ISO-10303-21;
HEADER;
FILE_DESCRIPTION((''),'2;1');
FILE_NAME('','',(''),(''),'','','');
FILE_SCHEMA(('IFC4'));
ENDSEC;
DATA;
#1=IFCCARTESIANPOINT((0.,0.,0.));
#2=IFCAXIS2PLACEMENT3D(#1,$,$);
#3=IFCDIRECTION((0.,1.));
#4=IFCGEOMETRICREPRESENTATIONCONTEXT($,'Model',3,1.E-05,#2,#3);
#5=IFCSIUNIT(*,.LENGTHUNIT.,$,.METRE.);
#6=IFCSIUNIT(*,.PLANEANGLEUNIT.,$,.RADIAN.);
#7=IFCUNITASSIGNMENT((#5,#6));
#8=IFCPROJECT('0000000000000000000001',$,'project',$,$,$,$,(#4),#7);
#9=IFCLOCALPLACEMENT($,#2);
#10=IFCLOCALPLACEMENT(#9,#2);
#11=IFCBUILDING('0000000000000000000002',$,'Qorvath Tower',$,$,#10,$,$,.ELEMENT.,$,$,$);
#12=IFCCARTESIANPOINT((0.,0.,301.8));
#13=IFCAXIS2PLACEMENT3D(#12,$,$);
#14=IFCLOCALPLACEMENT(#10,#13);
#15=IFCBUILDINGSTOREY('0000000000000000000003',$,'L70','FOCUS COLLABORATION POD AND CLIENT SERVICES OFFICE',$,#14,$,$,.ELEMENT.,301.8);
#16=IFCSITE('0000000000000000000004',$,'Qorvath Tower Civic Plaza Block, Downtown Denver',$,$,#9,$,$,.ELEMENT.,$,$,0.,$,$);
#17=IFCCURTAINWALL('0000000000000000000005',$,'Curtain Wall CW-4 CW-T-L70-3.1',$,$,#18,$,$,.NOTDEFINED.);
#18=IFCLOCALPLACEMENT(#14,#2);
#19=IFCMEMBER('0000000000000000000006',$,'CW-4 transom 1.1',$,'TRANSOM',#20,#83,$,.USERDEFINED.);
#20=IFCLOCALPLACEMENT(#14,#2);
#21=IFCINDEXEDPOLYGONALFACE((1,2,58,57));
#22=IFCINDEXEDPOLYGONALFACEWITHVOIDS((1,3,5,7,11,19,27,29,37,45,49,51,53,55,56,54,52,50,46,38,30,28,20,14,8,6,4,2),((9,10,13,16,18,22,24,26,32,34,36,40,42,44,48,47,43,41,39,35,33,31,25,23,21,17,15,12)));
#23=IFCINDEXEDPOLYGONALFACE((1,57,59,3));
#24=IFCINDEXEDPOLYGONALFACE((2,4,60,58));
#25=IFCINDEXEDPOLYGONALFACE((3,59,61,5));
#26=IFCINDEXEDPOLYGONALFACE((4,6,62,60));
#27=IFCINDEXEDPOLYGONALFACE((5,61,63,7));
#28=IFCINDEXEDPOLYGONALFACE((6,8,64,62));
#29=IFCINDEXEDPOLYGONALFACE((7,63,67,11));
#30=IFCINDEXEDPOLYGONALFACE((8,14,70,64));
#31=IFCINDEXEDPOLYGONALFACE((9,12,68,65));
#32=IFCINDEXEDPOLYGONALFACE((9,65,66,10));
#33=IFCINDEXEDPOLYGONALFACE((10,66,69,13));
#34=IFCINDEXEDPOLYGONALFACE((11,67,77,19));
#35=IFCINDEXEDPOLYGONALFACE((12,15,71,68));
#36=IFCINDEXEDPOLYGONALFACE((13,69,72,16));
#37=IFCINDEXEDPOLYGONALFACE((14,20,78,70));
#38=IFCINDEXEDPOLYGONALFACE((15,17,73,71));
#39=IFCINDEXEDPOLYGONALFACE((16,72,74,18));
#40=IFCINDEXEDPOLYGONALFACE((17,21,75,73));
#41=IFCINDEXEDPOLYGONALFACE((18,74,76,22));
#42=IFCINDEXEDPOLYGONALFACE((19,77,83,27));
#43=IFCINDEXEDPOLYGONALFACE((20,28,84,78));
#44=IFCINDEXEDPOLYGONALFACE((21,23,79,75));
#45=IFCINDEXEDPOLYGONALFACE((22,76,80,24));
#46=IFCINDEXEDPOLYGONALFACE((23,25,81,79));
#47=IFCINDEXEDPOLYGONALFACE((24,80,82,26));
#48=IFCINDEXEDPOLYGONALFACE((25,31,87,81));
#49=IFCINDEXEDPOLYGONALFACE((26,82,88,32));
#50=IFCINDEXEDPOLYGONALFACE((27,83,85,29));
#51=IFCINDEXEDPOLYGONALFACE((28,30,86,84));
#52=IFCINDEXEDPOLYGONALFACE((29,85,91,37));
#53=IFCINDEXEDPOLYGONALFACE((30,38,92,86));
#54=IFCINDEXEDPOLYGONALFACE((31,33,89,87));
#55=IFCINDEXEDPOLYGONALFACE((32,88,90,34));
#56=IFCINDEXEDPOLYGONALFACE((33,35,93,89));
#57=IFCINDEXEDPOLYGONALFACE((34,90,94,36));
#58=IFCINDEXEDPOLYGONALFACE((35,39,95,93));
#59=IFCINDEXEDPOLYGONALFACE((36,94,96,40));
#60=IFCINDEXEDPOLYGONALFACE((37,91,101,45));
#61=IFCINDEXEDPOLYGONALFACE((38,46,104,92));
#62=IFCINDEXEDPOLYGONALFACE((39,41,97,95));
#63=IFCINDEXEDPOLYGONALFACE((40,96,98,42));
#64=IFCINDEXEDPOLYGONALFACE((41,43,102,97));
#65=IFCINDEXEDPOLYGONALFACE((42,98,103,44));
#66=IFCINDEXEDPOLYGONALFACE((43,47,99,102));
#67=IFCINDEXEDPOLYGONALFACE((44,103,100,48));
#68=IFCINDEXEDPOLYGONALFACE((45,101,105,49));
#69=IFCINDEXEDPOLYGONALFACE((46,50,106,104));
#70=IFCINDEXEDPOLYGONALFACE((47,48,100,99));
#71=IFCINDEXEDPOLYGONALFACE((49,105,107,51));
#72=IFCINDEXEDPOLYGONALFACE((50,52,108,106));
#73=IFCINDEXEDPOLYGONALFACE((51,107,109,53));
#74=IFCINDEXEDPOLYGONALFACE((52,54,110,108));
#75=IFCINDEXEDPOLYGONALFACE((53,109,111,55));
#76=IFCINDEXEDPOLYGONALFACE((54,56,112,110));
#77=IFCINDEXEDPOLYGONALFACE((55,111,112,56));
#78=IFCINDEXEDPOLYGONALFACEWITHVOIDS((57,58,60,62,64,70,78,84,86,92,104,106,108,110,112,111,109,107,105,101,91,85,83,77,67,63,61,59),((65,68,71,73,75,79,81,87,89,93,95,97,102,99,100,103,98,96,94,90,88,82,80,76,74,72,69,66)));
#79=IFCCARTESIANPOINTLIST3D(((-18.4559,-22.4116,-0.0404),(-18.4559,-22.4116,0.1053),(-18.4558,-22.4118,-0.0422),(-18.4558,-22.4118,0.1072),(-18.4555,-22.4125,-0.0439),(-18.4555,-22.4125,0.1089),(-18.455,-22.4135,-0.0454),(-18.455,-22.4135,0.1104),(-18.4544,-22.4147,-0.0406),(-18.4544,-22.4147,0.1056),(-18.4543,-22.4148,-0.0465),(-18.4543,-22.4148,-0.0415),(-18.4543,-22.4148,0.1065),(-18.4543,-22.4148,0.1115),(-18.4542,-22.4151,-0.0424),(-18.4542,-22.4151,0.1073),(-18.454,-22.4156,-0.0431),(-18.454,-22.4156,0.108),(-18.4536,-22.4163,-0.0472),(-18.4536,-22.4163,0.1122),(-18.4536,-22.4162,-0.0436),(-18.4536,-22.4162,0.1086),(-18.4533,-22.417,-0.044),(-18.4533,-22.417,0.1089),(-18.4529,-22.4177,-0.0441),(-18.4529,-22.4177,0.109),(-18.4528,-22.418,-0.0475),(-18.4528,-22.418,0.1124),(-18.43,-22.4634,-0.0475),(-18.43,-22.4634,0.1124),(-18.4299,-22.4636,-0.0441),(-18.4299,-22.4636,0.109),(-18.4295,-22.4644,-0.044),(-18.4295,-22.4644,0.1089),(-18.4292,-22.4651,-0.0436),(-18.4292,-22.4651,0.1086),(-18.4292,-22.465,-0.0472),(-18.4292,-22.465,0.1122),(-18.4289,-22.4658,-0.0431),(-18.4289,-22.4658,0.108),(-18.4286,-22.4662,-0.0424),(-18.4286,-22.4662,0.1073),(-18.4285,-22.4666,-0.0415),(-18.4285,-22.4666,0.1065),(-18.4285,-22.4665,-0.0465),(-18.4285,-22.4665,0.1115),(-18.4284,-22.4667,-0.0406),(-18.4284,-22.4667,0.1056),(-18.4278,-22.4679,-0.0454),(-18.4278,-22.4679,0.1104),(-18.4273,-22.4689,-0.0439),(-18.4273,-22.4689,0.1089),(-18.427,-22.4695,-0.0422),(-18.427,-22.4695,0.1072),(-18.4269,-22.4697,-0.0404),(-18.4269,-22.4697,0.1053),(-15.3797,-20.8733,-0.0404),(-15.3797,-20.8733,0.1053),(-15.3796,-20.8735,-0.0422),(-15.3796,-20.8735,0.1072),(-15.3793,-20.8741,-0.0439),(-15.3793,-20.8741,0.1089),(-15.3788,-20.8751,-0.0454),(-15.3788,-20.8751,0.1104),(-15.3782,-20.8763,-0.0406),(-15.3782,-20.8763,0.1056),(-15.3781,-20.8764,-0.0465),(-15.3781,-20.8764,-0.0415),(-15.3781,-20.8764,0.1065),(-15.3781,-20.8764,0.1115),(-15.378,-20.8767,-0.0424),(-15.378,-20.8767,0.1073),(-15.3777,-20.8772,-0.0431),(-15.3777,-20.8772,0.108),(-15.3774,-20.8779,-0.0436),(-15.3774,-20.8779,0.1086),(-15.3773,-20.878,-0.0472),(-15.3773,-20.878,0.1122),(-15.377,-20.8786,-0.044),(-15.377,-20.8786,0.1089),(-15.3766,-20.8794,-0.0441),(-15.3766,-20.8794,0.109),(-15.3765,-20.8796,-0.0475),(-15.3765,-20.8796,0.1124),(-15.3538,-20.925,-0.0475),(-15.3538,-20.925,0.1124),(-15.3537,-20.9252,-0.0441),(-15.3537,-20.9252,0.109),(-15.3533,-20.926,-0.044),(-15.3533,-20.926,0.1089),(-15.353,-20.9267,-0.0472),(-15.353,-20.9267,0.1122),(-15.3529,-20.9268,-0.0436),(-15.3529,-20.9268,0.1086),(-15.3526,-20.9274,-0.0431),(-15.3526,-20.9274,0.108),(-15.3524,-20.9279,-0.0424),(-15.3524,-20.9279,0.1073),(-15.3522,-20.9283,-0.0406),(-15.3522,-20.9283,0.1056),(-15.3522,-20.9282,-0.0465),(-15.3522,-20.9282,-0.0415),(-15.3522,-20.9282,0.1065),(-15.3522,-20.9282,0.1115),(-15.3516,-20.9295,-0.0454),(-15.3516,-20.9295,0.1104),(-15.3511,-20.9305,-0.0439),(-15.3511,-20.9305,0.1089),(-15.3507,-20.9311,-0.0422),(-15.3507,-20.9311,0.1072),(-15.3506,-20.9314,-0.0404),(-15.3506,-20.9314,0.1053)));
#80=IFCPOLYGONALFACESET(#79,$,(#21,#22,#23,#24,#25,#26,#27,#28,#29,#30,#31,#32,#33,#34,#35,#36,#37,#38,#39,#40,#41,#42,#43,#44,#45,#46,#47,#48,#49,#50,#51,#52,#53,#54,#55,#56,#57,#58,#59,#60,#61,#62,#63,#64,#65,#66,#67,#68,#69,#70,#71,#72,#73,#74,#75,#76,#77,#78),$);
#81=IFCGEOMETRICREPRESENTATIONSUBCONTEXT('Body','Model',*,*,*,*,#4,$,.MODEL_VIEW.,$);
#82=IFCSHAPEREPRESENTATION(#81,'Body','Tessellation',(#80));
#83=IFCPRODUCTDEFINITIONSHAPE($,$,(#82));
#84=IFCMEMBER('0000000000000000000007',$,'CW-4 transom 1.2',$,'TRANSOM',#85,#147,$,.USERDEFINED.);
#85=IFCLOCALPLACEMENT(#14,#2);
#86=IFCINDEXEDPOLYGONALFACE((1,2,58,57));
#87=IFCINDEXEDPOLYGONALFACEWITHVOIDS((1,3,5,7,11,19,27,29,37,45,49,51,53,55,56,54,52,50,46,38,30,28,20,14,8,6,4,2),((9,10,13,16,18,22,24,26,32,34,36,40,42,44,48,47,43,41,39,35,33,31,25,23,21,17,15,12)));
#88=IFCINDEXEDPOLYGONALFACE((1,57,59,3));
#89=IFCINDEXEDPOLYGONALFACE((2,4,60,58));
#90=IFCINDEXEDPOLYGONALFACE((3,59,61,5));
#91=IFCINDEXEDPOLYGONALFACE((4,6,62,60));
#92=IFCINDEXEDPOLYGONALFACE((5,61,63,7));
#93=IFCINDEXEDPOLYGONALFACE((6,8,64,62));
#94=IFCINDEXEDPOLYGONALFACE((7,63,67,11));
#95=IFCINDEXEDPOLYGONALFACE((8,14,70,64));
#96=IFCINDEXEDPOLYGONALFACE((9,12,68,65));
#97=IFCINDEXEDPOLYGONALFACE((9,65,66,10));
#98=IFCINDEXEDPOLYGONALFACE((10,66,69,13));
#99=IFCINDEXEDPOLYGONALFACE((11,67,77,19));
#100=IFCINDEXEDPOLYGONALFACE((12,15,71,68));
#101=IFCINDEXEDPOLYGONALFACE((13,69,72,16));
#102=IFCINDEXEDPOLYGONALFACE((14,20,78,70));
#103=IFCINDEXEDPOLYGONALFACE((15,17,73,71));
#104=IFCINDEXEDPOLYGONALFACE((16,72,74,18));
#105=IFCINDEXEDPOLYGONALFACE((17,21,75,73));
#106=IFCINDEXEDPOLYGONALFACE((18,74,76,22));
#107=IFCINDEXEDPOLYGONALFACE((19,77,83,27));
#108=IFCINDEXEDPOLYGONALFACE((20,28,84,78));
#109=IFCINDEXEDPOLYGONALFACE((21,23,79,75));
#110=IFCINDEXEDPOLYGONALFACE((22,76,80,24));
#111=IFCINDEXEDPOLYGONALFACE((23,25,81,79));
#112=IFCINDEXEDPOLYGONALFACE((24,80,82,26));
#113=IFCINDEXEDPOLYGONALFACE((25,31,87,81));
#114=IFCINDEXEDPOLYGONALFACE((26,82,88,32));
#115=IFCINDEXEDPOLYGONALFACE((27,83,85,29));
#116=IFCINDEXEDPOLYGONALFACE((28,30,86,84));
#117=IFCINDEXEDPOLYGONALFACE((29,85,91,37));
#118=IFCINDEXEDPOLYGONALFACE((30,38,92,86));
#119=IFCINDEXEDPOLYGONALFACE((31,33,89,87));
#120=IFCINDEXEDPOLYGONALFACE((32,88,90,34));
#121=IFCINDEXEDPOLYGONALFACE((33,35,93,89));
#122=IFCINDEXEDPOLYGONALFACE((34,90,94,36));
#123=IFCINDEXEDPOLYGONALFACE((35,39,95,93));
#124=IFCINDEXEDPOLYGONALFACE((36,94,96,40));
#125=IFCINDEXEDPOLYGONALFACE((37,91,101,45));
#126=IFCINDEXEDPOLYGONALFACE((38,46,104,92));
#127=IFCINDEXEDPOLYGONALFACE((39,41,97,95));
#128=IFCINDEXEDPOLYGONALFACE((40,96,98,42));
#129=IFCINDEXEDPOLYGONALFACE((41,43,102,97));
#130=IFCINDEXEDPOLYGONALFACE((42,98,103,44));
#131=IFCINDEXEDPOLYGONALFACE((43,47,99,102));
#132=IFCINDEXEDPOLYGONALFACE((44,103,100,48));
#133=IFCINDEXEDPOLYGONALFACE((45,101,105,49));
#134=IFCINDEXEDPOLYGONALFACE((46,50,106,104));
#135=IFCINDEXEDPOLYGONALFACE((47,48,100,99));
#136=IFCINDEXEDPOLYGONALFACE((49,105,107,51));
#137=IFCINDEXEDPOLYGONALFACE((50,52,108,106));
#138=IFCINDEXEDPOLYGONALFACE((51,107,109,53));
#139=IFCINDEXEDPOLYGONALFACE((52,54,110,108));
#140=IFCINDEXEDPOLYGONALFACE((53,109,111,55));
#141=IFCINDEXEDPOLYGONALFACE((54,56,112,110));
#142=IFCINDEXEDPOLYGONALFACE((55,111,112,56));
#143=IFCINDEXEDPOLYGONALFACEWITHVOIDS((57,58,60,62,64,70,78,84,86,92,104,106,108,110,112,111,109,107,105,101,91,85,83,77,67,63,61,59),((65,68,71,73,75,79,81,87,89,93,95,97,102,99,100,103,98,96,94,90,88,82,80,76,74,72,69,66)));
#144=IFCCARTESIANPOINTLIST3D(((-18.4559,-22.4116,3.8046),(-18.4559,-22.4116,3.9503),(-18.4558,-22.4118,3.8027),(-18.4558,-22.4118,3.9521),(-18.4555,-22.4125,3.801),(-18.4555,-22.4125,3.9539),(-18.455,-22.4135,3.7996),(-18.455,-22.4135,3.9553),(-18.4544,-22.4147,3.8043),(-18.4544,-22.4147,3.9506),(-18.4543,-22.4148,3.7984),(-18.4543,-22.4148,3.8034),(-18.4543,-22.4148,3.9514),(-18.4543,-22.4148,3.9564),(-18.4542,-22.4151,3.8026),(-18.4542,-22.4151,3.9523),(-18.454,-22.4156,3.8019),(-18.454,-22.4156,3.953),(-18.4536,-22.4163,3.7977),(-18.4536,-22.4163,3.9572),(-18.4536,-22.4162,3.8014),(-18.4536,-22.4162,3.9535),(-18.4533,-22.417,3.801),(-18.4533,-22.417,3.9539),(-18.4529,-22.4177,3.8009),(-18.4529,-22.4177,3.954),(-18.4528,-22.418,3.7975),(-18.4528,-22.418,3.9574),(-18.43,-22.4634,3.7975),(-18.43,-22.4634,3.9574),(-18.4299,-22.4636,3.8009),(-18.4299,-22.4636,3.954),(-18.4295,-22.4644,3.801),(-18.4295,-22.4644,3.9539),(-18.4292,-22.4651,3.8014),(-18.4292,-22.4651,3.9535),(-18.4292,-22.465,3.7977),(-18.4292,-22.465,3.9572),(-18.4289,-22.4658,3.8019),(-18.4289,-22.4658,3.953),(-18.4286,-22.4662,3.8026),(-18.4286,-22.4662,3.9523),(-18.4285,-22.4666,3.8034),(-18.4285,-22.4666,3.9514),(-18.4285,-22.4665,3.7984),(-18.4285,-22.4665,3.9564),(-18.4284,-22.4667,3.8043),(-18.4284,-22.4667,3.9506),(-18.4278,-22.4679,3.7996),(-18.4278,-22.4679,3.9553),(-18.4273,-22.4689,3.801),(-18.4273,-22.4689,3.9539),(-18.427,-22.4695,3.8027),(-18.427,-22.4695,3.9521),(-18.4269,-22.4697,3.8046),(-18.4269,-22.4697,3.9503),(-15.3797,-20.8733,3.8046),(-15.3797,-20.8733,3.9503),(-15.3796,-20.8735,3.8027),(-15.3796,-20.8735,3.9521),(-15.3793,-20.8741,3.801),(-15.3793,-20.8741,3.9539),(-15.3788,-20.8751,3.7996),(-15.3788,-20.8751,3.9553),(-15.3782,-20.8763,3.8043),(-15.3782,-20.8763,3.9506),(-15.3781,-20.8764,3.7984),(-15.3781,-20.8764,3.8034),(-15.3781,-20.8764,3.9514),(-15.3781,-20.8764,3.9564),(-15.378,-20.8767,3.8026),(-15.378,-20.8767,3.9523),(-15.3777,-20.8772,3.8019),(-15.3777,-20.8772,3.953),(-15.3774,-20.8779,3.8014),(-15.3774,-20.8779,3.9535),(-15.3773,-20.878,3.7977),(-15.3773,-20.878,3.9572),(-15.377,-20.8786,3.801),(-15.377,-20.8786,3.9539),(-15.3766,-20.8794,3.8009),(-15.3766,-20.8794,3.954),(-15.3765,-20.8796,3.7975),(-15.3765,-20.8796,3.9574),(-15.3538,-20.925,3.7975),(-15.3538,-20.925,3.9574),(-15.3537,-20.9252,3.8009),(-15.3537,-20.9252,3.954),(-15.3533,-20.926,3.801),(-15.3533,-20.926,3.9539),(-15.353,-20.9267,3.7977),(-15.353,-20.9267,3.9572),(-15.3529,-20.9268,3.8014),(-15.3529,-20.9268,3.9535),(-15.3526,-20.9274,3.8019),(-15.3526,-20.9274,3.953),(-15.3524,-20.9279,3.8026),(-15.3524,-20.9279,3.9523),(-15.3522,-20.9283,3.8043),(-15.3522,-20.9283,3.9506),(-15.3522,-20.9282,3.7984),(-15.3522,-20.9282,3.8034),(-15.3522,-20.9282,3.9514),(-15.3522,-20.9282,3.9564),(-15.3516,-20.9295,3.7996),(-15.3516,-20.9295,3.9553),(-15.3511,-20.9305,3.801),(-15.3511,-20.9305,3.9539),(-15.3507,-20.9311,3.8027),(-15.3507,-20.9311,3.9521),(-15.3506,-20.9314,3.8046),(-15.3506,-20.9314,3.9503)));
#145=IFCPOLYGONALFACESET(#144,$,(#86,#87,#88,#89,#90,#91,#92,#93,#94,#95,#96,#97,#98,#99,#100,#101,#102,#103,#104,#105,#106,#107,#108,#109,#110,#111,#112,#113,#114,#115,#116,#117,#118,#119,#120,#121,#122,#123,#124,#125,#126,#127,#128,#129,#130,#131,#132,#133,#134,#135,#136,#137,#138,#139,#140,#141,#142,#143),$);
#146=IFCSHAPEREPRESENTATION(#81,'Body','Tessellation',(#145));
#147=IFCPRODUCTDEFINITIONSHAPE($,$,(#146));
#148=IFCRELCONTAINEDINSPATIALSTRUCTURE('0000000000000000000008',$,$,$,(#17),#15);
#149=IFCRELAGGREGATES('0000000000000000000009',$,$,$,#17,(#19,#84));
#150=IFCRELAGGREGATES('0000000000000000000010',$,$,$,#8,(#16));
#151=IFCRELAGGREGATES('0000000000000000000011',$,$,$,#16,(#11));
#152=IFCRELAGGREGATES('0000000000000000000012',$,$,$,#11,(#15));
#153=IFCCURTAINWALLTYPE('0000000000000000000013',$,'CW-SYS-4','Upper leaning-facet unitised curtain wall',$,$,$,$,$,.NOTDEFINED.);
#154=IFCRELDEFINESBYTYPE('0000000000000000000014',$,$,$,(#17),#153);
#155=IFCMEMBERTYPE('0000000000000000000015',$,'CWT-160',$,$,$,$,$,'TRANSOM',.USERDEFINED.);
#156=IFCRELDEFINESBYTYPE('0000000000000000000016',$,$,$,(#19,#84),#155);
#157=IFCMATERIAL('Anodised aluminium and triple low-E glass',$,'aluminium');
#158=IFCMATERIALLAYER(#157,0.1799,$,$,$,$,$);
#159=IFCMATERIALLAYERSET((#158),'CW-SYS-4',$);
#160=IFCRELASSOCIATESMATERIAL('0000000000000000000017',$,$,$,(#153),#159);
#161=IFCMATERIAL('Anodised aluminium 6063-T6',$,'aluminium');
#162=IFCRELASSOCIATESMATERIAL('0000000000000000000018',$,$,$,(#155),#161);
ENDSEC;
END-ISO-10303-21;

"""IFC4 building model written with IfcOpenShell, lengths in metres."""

from ifc_helpers import new_model, si_unit, direction, frame, origin, origin_2d, place, context, subcontext, project, spatial, hollow_rectangle, extrude, material, layer, layer_set, material_profile, profile_set, type_object, element, aggregate, save


model = new_model("IFC4")

# Units and contexts
model_context = context("Model", 3, precision=1e-05, world=origin(), true_north=direction((0.0, 1.0)))
body_context = subcontext(model_context, "Body", "Model", "MODEL_VIEW")
ifc_project = project(units=[si_unit("LENGTHUNIT", "METRE"), si_unit("PLANEANGLEUNIT", "RADIAN")], contexts=[model_context])

# Site, building, storey
site_placement = place(None, origin())
site = spatial("IfcSite", under=ifc_project, at=site_placement, Name="Qorvath Tower Civic Plaza Block, Downtown Denver", CompositionType="ELEMENT", RefElevation=0.0)
building_placement = place(site_placement, origin())
building = spatial("IfcBuilding", under=site, at=building_placement, Name="Qorvath Tower", CompositionType="ELEMENT")
storey_placement = place(building_placement, frame((0.0, 0.0, 301.8)))
storey = spatial("IfcBuildingStorey", under=building, at=storey_placement, Name="L70", Description="FOCUS COLLABORATION POD AND CLIENT SERVICES OFFICE", CompositionType="ELEMENT", Elevation=301.8)

# Shared definitions
ifc_material_1 = material(Name="Anodised aluminium and triple low-E glass", Category="aluminium")
ifc_layer_1 = layer(ifc_material_1, 0.1799)
ifc_layer_set_1 = layer_set([ifc_layer_1], Name="CW-SYS-4")
curtain_wall_type = type_object("IfcCurtainWallType", Name="CW-SYS-4", Description="Upper leaning-facet unitised curtain wall", PredefinedType="NOTDEFINED", material=ifc_layer_set_1)

# Curtain wall
curtain_wall_1_placement = place(storey_placement, origin())
curtain_wall_1 = element("IfcCurtainWall", 1, at=curtain_wall_1_placement, inside=storey, type_object=curtain_wall_type, Name="Curtain Wall CW-4 CW-T-L70-3.1", PredefinedType="NOTDEFINED")

# Members
ifc_material_2 = material(Name="Anodised aluminium 6063-T6", Category="aluminium")
ifc_material_profile_1 = material_profile(ifc_material_2, hollow_rectangle(XDim=0.0649, YDim=0.1599, WallThickness=0.0034, InnerFilletRadius=0.0034, OuterFilletRadius=0.0071, at=origin_2d()), Name="CWT 160x65")
ifc_profile_set_1 = profile_set([ifc_material_profile_1], Name="Anodised aluminium 6063-T6")
member_type_1 = type_object("IfcMemberType", Name="CWT-160", ElementType="TRANSOM", PredefinedType="USERDEFINED", material=ifc_profile_set_1)
member_1_placement = place(storey_placement, frame((-18.4414, -22.4407, 0.0325), z_axis=(0.894399, 0.44727, 0.0), x_axis=(-0.44727, 0.894399, 0.0)))
member_1 = element("IfcMember", 2, at=member_1_placement, type_object=member_type_1, Name="CW-4 transom 1.1", ObjectType="TRANSOM", PredefinedType="USERDEFINED", context=body_context, shape_type="SweptSolid", body=[
    extrude(hollow_rectangle(XDim=0.0649, YDim=0.1599, WallThickness=0.0034, InnerFilletRadius=0.0034, OuterFilletRadius=0.0071, at=origin_2d()), origin(), (0.0, 0.0, 1.0), 3.4395),
])
member_2_placement = place(storey_placement, frame((-18.4414, -22.4407, 3.8774), z_axis=(0.894399, 0.44727, 0.0), x_axis=(-0.44727, 0.894399, 0.0)))
member_2 = element("IfcMember", 3, at=member_2_placement, type_object=member_type_1, Name="CW-4 transom 1.2", ObjectType="TRANSOM", PredefinedType="USERDEFINED", context=body_context, shape_type="SweptSolid", body=[
    extrude(hollow_rectangle(XDim=0.0649, YDim=0.1599, WallThickness=0.0034, InnerFilletRadius=0.0034, OuterFilletRadius=0.0071, at=origin_2d()), origin(), (0.0, 0.0, 1.0), 3.4395),
])

aggregate(curtain_wall_1, [member_1, member_2])

save(model, "model.ifc")
